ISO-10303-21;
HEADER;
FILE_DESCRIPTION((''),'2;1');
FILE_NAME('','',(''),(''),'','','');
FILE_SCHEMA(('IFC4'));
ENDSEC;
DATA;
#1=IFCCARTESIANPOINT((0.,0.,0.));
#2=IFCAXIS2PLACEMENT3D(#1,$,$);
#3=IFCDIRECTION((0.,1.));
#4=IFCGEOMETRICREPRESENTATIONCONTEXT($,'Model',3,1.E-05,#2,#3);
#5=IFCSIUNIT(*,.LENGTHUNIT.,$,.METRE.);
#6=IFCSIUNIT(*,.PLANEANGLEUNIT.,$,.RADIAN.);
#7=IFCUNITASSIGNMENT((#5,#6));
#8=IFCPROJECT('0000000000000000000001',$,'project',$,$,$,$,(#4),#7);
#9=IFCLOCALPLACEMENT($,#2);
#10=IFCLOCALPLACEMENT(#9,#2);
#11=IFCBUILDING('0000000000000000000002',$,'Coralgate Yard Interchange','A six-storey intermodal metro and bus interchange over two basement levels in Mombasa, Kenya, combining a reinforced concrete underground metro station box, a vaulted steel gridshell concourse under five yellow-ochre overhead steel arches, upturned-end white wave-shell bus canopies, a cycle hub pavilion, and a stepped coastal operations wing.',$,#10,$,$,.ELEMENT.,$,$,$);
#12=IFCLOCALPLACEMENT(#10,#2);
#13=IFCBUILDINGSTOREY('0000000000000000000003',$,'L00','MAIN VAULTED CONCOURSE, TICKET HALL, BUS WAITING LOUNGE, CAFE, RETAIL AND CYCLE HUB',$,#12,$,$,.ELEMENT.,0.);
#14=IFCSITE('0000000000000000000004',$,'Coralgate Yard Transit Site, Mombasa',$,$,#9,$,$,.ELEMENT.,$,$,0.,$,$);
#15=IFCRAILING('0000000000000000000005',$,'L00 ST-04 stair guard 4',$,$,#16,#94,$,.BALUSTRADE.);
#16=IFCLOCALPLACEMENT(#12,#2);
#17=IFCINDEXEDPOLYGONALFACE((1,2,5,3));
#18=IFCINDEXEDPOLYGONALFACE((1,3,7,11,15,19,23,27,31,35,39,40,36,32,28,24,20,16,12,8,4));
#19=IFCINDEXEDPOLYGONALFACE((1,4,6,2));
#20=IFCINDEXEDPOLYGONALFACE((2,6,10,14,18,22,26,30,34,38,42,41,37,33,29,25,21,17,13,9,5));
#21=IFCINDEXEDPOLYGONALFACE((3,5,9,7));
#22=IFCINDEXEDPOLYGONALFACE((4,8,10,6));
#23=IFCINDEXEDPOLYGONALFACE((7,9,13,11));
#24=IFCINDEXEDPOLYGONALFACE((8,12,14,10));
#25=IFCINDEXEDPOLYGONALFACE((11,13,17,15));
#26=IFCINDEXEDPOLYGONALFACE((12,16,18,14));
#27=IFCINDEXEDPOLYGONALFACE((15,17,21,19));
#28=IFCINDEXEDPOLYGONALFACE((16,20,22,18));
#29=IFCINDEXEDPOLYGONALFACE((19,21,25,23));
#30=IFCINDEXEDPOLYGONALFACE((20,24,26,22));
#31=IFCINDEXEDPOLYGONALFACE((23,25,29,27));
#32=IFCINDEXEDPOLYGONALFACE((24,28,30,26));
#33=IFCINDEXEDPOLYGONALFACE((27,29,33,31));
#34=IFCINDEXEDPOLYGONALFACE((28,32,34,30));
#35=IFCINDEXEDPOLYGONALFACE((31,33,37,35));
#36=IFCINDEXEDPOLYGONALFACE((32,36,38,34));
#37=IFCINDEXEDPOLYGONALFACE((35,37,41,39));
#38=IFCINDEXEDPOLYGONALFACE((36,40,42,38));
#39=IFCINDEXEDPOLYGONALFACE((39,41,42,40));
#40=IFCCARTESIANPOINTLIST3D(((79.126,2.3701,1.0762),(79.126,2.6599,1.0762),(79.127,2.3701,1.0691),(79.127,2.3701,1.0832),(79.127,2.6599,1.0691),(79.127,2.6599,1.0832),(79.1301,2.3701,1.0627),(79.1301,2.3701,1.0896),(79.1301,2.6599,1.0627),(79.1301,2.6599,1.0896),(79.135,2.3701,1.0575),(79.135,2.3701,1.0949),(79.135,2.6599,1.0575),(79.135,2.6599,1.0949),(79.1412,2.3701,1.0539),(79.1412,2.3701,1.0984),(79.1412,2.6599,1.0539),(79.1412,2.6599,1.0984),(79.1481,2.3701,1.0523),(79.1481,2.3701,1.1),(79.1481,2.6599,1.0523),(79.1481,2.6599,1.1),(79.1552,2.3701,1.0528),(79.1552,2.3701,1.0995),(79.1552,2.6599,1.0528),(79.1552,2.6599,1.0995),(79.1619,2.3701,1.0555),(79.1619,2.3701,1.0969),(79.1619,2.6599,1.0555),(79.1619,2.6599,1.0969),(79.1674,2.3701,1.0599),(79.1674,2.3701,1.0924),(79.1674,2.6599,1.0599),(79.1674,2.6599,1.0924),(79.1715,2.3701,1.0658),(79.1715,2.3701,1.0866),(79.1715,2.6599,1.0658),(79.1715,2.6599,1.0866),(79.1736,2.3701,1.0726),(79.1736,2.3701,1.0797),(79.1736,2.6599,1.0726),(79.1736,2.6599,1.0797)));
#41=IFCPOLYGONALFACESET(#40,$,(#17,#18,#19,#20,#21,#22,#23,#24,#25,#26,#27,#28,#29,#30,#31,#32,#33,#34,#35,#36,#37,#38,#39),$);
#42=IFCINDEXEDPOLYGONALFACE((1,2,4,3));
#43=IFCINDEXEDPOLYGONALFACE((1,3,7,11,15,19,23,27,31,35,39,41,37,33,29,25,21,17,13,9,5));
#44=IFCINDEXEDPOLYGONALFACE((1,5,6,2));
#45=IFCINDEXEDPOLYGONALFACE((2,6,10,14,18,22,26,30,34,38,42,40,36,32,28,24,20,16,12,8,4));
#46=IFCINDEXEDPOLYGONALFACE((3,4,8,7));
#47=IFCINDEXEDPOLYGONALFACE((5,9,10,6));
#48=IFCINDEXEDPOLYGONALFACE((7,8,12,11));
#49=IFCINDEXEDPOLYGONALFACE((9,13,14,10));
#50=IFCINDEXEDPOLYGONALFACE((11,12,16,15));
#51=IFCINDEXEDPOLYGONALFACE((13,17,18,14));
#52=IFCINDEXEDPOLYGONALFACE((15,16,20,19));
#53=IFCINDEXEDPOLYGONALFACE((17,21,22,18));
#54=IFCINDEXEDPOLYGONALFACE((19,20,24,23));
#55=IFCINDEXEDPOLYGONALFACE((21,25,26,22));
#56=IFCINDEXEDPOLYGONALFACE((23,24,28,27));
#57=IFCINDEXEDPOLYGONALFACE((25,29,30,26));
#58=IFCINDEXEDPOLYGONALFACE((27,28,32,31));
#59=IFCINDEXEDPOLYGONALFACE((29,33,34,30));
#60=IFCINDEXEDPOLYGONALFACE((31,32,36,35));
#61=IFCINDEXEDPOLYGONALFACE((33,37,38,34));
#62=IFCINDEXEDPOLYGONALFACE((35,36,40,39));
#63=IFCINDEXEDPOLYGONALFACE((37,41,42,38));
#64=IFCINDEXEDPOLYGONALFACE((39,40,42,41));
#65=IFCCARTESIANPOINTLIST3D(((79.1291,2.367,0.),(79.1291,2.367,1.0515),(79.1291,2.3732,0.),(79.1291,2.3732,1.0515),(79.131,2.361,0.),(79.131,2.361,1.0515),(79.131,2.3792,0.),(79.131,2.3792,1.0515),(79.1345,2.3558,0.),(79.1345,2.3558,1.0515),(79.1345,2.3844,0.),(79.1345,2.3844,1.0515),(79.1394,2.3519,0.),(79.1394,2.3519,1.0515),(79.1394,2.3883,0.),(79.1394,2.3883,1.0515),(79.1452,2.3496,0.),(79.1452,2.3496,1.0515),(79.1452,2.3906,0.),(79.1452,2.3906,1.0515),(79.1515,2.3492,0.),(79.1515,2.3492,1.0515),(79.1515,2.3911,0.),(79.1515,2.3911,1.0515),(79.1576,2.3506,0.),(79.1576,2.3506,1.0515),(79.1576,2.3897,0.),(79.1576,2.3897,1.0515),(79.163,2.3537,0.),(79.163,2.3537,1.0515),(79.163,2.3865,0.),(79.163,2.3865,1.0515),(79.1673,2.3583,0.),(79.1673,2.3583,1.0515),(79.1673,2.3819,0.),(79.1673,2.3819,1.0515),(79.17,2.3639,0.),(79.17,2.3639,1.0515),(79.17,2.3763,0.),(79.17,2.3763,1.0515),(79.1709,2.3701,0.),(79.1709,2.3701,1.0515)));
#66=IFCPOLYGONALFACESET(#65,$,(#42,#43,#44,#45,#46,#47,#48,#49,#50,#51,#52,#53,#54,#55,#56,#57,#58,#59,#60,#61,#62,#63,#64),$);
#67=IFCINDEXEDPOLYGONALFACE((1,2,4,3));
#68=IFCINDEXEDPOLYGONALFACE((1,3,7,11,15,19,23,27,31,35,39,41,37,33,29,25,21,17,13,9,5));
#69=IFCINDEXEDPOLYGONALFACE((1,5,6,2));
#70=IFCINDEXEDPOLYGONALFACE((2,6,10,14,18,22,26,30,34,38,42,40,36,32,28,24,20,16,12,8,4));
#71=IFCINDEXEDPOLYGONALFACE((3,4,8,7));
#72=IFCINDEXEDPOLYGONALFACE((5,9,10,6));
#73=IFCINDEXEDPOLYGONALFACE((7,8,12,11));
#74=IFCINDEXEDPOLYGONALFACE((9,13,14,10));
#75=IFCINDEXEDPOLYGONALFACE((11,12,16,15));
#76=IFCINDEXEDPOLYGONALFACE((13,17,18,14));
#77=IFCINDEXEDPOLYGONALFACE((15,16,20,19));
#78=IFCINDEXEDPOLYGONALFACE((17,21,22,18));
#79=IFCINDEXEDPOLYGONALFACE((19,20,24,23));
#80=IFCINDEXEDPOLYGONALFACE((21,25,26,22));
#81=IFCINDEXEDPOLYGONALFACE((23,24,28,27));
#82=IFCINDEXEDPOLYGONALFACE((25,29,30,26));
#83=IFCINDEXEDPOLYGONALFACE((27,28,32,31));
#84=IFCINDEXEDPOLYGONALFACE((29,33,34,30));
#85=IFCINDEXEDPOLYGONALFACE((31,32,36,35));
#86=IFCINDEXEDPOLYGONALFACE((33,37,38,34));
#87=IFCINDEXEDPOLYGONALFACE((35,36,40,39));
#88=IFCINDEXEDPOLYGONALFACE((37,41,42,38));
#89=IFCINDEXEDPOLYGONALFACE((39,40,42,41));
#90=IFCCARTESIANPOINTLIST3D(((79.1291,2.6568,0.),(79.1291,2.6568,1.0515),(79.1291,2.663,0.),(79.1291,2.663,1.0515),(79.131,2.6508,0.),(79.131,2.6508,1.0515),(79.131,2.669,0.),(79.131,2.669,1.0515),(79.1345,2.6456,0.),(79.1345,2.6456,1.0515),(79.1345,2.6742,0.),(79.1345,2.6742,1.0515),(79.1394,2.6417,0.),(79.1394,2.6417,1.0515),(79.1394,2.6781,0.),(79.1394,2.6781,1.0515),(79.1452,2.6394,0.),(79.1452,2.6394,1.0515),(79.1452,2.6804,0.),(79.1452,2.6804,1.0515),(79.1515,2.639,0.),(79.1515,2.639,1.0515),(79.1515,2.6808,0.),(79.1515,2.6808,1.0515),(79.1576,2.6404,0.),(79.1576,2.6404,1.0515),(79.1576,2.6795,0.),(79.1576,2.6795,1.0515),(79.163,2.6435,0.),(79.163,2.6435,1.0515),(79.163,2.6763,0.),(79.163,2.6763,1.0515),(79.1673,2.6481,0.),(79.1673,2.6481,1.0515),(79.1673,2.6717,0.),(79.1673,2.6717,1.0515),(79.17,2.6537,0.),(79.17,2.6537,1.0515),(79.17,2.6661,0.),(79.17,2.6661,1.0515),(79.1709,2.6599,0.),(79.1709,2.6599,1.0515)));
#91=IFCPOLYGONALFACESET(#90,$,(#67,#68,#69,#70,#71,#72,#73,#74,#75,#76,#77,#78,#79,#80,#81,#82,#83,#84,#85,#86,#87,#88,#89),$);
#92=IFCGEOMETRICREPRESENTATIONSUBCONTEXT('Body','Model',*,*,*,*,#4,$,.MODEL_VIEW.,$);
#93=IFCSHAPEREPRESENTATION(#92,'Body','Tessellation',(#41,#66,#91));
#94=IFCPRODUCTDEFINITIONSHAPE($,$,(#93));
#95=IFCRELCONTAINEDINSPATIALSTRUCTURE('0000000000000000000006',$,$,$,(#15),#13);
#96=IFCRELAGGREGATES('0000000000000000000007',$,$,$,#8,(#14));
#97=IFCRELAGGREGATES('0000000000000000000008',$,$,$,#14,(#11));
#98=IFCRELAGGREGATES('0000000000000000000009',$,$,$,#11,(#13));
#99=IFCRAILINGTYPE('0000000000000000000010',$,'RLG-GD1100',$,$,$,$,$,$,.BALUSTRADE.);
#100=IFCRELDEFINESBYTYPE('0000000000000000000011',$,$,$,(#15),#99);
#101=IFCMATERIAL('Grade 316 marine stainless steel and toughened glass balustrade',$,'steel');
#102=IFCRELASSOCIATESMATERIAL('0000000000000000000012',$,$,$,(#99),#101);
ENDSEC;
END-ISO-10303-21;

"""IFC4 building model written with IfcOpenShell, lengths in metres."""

from ifc_helpers import new_model, si_unit, direction, frame, origin, origin_2d, place, context, subcontext, project, spatial, circle, extrude, material, type_object, element, save


model = new_model("IFC4")

# Units and contexts
model_context = context("Model", 3, precision=1e-05, world=origin(), true_north=direction((0.0, 1.0)))
body_context = subcontext(model_context, "Body", "Model", "MODEL_VIEW")
ifc_project = project(units=[si_unit("LENGTHUNIT", "METRE"), si_unit("PLANEANGLEUNIT", "RADIAN")], contexts=[model_context])

# Site, building, storey
site_placement = place(None, origin())
site = spatial("IfcSite", under=ifc_project, at=site_placement, Name="Coralgate Yard Transit Site, Mombasa", CompositionType="ELEMENT", RefElevation=0.0)
building_placement = place(site_placement, origin())
building = spatial("IfcBuilding", under=site, at=building_placement, Name="Coralgate Yard Interchange", Description="A six-storey intermodal metro and bus interchange over two basement levels in Mombasa, Kenya, combining a reinforced concrete underground metro station box, a vaulted steel gridshell concourse under five yellow-ochre overhead steel arches, upturned-end white wave-shell bus canopies, a cycle hub pavilion, and a stepped coastal operations wing.", CompositionType="ELEMENT")
storey_placement = place(building_placement, origin())
storey = spatial("IfcBuildingStorey", under=building, at=storey_placement, Name="L00", Description="MAIN VAULTED CONCOURSE, TICKET HALL, BUS WAITING LOUNGE, CAFE, RETAIL AND CYCLE HUB", CompositionType="ELEMENT", Elevation=0.0)

# Railing
ifc_material_1 = material(Name="Grade 316 marine stainless steel and toughened glass balustrade", Category="steel")
railing_type_1 = type_object("IfcRailingType", Name="RLG-GD1100", PredefinedType="BALUSTRADE", material=ifc_material_1)
railing_1_placement = place(storey_placement, frame((79.1499, 2.3701, 0.0)))
element("IfcRailing", 1, at=railing_1_placement, inside=storey, type_object=railing_type_1, Name="L00 ST-04 stair guard 4", PredefinedType="BALUSTRADE", context=body_context, shape_type="SweptSolid", body=[
    extrude(circle(Radius=0.0239, at=origin_2d()), frame((0.0, 0.0, 1.0762), z_axis=(0.0, 1.0, 0.0), x_axis=(-1.0, 0.0, 0.0)), (0.0, 0.0, 1.0), 0.2898),
    extrude(circle(Radius=0.021, at=origin_2d()), origin(), (0.0, 0.0, 1.0), 1.0515),
    extrude(circle(Radius=0.021, at=origin_2d()), frame((0.0, 0.2898, 0.0)), (0.0, 0.0, 1.0), 1.0515),
])

save(model, "model.ifc")
